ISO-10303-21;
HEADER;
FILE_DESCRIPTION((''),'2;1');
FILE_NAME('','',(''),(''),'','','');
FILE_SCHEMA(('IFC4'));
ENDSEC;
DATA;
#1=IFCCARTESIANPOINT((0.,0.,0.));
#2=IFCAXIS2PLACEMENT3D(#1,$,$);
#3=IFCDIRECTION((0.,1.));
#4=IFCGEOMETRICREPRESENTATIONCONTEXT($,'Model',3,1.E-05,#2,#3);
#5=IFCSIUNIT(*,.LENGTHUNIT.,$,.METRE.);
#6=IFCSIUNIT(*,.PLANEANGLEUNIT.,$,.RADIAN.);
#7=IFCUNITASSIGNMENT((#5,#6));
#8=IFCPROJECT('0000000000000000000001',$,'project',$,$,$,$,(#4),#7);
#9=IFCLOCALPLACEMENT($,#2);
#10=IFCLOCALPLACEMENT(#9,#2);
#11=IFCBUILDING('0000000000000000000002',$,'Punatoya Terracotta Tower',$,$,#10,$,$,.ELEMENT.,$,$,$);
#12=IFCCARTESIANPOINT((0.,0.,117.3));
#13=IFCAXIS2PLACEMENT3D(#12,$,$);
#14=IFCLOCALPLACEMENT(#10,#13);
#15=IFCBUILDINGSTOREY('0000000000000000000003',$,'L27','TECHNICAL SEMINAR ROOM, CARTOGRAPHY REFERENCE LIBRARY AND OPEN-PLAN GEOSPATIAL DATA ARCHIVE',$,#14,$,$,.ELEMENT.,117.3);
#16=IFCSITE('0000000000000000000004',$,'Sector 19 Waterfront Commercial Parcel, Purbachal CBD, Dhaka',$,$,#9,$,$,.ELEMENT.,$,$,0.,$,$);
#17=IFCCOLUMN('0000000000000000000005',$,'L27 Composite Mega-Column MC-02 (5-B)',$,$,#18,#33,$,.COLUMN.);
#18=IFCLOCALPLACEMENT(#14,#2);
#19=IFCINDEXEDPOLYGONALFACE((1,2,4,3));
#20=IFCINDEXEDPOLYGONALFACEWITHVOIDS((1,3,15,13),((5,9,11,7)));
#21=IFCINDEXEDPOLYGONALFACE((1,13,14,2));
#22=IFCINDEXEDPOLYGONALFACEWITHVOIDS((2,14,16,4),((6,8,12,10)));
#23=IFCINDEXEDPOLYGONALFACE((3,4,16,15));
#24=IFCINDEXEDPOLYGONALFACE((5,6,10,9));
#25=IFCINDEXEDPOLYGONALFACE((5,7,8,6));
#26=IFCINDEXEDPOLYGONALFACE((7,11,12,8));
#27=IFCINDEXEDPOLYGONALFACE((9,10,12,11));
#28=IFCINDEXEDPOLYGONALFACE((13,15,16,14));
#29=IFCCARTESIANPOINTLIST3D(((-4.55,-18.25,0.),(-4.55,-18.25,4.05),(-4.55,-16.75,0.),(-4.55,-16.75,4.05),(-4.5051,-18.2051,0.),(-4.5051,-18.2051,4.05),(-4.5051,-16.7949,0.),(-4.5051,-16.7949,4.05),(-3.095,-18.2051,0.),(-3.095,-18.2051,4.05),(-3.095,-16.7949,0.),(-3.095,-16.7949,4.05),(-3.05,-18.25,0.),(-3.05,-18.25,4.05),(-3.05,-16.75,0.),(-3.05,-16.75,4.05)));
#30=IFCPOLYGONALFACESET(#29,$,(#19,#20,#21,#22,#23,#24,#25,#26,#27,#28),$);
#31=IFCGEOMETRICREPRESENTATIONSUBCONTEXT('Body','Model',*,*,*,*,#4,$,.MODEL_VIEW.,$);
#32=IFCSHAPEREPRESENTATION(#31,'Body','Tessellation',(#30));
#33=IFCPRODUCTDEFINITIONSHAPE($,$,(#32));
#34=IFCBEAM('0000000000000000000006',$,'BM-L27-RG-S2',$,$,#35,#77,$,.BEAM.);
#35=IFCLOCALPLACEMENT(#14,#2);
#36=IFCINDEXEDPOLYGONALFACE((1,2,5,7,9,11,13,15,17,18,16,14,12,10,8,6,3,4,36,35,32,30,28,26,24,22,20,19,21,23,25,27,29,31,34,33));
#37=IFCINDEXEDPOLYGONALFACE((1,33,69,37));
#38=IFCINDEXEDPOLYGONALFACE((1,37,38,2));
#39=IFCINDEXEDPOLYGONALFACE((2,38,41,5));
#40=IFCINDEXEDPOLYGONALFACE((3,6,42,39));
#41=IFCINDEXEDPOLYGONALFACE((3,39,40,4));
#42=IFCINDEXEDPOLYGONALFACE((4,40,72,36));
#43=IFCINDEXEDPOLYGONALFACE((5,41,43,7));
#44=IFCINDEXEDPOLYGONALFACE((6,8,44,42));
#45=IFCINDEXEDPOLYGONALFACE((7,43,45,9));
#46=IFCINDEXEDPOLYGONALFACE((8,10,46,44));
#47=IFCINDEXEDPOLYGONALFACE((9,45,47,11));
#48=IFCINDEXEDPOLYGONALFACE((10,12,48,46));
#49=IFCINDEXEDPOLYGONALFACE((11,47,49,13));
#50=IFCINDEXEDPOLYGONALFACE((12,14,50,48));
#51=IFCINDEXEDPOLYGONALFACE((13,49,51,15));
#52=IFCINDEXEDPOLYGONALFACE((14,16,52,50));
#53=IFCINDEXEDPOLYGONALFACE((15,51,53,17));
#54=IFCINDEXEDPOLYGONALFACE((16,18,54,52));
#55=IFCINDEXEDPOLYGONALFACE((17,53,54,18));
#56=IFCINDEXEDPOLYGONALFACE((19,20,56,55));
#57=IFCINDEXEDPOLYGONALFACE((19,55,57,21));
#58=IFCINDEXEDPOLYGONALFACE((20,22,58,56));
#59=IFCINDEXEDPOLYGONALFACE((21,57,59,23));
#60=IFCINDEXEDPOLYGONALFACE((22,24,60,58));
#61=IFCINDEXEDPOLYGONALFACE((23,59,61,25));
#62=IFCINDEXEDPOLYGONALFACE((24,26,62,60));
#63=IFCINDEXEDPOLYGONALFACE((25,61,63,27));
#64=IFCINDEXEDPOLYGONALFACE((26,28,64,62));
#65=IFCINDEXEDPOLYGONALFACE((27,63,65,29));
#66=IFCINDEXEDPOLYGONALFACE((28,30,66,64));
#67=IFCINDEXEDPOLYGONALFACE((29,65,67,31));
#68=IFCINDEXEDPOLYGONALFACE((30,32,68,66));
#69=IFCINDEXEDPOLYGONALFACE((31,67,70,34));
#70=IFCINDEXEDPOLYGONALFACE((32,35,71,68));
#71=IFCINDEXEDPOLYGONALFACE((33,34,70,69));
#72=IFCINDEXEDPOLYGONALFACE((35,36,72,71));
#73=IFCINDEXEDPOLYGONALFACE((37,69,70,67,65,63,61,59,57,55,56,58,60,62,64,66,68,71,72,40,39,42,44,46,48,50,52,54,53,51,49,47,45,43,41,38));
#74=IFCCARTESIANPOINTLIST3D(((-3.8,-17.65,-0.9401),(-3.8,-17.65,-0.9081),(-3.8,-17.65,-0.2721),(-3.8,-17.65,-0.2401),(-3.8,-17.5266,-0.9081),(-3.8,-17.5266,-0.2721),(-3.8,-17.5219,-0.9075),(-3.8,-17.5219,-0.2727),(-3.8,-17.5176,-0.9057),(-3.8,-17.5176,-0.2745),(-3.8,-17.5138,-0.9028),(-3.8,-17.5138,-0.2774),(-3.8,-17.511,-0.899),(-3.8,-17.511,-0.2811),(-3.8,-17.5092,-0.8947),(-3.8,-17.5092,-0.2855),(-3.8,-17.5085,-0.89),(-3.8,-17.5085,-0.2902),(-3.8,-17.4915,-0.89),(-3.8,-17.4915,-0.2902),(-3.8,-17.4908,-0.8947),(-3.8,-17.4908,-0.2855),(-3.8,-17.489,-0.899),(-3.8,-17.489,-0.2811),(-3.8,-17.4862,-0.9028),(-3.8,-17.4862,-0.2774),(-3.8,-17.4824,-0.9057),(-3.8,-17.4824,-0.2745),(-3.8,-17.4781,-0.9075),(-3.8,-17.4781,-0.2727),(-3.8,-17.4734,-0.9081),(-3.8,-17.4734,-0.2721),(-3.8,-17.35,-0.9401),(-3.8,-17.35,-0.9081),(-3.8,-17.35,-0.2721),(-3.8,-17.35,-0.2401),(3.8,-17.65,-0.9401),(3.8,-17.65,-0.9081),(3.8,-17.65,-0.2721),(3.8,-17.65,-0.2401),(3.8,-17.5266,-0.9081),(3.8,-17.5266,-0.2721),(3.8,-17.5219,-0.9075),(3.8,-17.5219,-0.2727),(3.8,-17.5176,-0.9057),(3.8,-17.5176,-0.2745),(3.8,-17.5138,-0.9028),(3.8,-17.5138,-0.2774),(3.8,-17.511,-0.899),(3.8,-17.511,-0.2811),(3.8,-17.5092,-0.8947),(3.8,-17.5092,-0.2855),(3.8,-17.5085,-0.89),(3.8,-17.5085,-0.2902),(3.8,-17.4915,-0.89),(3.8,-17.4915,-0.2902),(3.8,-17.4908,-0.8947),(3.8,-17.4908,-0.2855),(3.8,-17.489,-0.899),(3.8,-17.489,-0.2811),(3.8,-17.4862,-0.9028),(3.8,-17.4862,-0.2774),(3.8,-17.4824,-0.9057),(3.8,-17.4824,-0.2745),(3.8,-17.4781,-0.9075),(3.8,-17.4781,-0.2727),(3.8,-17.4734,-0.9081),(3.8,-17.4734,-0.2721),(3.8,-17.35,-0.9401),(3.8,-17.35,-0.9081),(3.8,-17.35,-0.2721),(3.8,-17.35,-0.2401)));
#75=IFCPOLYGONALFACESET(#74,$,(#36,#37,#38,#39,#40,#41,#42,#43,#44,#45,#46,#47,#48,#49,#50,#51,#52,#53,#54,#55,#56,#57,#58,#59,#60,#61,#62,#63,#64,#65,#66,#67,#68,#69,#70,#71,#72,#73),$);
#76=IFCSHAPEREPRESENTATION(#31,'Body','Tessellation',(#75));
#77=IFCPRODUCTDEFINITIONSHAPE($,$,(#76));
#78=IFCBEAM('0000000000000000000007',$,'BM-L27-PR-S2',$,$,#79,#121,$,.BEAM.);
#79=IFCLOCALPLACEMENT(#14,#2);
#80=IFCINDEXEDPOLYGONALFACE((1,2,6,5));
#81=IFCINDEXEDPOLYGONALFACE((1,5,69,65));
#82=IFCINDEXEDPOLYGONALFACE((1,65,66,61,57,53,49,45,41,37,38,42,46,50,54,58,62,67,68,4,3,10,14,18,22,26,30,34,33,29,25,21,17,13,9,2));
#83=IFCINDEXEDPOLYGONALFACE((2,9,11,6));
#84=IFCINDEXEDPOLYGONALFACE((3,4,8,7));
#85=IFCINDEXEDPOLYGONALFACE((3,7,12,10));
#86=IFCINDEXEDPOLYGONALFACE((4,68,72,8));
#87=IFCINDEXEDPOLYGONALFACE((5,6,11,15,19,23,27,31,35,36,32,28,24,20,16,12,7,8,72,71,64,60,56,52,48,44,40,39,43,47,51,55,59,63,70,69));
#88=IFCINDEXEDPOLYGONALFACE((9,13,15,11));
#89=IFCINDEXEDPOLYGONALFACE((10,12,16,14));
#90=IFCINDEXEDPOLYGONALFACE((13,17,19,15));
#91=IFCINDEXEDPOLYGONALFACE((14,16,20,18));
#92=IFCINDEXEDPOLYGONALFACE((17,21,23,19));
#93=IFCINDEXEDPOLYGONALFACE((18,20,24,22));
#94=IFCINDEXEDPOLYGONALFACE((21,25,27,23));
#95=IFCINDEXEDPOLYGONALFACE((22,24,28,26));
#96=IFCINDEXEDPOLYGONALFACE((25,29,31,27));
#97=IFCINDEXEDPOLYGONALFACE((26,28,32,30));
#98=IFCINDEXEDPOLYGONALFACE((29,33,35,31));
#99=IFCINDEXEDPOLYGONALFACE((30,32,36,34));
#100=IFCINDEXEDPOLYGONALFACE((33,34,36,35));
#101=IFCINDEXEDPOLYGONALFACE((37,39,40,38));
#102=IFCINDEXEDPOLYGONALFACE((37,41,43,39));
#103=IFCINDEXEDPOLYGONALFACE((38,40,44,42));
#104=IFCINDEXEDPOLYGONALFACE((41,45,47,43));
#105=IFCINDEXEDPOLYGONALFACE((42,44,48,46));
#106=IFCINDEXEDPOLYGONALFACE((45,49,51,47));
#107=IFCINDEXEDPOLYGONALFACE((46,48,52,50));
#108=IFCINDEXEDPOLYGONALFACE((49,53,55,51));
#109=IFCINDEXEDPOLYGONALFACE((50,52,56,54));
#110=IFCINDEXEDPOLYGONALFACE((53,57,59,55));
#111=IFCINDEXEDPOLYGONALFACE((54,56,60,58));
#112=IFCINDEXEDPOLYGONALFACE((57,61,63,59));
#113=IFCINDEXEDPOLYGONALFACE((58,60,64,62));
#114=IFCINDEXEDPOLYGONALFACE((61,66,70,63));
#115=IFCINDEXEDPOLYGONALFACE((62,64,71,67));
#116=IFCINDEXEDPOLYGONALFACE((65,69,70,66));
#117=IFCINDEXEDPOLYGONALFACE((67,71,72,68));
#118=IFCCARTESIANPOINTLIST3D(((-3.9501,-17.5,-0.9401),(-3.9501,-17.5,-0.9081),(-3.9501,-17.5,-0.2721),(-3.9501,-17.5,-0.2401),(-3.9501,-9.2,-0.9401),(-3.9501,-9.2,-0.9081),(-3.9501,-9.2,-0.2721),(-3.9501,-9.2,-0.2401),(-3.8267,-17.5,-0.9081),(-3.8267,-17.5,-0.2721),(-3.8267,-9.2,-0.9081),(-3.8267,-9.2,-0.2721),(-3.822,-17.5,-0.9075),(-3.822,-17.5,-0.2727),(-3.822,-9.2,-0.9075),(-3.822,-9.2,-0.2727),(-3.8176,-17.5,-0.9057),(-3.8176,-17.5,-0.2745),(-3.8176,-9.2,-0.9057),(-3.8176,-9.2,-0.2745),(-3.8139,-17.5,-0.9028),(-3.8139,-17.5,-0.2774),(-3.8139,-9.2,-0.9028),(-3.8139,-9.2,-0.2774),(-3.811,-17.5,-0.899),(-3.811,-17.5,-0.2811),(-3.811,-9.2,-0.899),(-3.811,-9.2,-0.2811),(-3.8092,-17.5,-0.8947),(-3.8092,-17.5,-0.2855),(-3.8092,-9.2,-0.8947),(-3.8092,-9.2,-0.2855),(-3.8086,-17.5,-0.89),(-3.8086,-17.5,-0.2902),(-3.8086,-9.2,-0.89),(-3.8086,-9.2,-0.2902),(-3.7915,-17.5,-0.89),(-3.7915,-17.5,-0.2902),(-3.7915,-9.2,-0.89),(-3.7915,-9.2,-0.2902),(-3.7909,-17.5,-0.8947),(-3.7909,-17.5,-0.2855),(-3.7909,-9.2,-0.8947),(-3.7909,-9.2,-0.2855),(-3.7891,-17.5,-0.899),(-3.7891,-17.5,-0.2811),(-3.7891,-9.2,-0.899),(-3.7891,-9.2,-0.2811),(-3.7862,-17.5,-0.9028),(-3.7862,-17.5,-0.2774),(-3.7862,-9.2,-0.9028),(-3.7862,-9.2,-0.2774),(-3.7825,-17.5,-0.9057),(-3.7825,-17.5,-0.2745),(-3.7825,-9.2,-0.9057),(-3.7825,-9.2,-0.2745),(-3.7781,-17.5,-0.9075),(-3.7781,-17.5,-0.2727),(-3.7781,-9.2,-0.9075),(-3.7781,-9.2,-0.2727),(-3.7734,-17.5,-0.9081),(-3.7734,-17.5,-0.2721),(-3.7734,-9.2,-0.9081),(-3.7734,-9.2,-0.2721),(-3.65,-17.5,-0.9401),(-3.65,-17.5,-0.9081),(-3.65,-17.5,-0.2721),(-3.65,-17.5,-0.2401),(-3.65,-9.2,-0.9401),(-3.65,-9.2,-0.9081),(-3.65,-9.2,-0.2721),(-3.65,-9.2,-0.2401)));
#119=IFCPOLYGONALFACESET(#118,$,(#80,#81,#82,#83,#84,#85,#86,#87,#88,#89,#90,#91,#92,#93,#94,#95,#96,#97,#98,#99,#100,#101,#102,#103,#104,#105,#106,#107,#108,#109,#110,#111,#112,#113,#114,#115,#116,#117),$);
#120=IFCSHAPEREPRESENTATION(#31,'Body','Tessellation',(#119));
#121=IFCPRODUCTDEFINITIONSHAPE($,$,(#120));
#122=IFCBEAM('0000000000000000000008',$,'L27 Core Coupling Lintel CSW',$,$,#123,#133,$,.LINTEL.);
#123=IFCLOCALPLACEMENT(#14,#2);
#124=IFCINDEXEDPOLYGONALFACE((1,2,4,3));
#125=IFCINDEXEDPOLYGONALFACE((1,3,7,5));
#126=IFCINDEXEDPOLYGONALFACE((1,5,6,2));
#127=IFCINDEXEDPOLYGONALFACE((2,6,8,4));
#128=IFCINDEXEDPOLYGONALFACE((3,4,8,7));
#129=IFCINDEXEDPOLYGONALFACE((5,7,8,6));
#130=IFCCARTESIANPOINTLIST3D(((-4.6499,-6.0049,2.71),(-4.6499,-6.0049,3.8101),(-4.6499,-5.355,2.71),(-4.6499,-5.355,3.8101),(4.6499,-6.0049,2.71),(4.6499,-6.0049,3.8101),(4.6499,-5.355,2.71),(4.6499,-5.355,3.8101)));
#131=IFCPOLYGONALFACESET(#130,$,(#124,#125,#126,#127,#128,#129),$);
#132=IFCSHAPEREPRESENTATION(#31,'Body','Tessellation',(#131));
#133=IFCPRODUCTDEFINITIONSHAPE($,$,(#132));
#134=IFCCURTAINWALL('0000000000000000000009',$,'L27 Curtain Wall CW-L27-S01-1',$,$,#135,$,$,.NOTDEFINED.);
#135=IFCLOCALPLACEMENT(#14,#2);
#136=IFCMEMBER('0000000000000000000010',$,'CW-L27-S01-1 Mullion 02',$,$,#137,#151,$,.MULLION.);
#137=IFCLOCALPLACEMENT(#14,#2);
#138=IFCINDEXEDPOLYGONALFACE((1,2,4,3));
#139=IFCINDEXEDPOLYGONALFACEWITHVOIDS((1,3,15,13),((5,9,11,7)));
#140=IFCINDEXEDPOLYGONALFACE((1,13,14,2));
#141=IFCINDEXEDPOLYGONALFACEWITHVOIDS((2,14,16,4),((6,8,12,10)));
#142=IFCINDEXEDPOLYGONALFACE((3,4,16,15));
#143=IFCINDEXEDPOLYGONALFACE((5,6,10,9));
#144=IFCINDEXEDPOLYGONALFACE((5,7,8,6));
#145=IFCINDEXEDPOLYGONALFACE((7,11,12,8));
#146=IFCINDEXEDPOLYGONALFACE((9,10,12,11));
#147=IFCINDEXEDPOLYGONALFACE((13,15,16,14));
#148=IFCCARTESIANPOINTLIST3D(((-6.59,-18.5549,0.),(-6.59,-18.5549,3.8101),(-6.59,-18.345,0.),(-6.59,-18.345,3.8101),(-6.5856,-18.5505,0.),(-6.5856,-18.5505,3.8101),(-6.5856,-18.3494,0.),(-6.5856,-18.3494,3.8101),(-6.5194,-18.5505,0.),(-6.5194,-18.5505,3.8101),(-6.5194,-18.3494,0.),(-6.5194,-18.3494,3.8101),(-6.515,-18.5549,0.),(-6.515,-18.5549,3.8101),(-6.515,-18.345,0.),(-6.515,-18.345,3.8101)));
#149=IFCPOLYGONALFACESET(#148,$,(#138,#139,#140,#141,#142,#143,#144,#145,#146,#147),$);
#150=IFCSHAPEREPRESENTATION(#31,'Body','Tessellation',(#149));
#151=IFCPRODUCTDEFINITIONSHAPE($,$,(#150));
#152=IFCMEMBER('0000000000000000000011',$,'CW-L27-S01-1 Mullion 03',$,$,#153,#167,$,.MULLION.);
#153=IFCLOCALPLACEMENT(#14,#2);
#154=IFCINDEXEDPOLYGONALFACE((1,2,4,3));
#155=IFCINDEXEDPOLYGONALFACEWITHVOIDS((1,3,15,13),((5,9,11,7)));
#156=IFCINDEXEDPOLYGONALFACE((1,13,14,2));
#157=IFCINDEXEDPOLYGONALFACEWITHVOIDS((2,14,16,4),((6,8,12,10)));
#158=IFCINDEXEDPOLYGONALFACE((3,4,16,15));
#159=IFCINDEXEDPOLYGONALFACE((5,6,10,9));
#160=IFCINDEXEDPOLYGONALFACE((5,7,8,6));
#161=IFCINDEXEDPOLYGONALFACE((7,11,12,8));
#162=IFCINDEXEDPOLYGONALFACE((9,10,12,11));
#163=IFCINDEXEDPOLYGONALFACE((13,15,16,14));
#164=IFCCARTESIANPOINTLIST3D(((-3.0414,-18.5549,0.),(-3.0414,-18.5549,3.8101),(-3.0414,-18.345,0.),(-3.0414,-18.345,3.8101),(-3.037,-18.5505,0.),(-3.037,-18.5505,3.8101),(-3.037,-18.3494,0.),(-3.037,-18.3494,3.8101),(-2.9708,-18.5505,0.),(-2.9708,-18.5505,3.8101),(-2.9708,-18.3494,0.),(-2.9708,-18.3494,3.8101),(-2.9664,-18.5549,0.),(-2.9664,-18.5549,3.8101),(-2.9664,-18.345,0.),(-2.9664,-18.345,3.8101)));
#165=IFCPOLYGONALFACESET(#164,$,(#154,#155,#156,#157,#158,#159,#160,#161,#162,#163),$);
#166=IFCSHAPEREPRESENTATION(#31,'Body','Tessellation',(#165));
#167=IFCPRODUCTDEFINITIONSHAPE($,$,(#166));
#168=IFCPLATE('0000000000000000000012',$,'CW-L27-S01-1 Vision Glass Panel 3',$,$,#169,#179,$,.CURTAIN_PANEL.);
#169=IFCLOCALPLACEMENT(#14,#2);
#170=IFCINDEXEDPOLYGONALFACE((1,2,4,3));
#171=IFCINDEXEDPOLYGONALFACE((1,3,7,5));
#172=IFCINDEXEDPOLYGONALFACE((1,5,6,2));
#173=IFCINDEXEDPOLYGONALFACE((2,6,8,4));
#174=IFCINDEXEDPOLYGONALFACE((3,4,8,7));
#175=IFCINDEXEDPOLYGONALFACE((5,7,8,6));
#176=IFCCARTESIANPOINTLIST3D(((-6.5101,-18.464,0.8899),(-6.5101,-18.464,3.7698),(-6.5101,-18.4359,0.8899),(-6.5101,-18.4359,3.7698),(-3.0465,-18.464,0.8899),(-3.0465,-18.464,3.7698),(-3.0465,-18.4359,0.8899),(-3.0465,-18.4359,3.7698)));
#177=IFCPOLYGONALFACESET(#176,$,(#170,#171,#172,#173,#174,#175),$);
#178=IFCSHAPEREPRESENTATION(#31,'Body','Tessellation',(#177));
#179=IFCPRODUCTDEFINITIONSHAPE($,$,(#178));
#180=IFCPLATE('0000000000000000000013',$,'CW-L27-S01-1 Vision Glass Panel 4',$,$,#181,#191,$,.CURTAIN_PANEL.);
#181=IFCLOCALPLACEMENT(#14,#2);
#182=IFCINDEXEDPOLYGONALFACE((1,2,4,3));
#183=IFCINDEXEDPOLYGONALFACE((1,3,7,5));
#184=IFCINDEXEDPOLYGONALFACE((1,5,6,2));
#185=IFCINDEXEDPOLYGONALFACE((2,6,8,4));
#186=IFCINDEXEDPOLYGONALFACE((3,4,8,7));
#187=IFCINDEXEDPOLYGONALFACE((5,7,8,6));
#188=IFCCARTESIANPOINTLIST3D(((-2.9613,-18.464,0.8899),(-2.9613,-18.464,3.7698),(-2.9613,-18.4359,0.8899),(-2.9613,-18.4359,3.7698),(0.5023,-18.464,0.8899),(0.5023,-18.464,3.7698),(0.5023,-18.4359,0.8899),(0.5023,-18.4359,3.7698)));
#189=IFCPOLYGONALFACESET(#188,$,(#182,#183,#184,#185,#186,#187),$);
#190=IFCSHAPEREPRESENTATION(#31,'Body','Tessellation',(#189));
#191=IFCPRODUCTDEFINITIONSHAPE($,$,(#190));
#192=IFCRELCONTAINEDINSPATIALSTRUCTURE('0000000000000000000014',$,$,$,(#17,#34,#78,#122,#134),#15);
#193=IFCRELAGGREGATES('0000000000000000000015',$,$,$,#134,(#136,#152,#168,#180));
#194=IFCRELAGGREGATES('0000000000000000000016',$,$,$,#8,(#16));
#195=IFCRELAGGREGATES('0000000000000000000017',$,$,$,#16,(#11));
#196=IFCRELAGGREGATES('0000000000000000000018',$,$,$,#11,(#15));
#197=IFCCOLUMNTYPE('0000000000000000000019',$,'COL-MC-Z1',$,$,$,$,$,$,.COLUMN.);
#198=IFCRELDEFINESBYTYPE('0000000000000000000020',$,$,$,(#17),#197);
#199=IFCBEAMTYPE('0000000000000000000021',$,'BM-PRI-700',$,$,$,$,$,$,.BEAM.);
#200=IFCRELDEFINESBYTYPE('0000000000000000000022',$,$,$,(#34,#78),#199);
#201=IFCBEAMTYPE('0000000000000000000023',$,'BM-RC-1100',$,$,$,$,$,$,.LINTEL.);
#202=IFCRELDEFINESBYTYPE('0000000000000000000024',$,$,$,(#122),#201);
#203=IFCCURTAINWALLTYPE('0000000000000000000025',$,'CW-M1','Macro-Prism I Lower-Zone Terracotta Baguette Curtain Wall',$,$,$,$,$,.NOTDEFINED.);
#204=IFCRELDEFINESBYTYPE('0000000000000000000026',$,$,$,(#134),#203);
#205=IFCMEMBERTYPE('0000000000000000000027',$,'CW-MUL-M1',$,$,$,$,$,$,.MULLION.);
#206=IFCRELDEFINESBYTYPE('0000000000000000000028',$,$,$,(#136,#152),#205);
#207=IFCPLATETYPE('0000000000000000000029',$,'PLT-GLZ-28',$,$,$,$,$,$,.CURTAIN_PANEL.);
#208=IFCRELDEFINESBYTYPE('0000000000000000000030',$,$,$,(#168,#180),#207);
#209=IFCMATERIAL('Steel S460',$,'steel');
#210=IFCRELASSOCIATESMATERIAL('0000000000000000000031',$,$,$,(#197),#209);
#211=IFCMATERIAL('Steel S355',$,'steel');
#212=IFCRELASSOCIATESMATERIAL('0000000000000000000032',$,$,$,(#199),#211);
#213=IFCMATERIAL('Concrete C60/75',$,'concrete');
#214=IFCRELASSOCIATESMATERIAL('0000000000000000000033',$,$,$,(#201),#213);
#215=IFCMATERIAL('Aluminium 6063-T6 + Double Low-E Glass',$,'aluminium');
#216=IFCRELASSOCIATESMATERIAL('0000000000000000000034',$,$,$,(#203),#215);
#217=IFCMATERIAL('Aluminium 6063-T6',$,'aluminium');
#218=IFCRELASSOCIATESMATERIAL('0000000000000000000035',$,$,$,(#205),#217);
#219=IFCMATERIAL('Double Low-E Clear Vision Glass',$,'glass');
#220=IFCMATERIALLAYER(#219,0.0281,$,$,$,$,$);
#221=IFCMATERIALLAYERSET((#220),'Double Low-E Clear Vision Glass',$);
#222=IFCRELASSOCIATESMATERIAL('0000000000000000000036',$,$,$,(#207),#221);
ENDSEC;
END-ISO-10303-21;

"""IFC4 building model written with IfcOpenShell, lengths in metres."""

from ifc_helpers import new_model, si_unit, direction, frame, origin, origin_2d, place, context, subcontext, project, spatial, rectangle, hollow_rectangle, i_section, extrude, material, layer, layer_set, material_profile, profile_set, type_object, element, aggregate, save


model = new_model("IFC4")

# Units and contexts
model_context = context("Model", 3, precision=1e-05, world=origin(), true_north=direction((0.0, 1.0)))
body_context = subcontext(model_context, "Body", "Model", "MODEL_VIEW")
ifc_project = project(units=[si_unit("LENGTHUNIT", "METRE"), si_unit("PLANEANGLEUNIT", "RADIAN")], contexts=[model_context])

# Site, building, storey
site_placement = place(None, origin())
site = spatial("IfcSite", under=ifc_project, at=site_placement, Name="Sector 19 Waterfront Commercial Parcel, Purbachal CBD, Dhaka", CompositionType="ELEMENT", RefElevation=0.0)
building_placement = place(site_placement, origin())
building = spatial("IfcBuilding", under=site, at=building_placement, Name="Punatoya Terracotta Tower", CompositionType="ELEMENT")
storey_placement = place(building_placement, frame((0.0, 0.0, 117.3)))
storey = spatial("IfcBuildingStorey", under=building, at=storey_placement, Name="L27", Description="TECHNICAL SEMINAR ROOM, CARTOGRAPHY REFERENCE LIBRARY AND OPEN-PLAN GEOSPATIAL DATA ARCHIVE", CompositionType="ELEMENT", Elevation=117.3)

# Column
ifc_material_1 = material(Name="Steel S460", Category="steel")
ifc_material_profile_1 = material_profile(ifc_material_1, hollow_rectangle(XDim=1.5, YDim=1.5, WallThickness=0.0449, at=origin_2d()))
ifc_profile_set_1 = profile_set([ifc_material_profile_1], Name="Steel S460")
column_type = type_object("IfcColumnType", Name="COL-MC-Z1", PredefinedType="COLUMN", material=ifc_profile_set_1)
column_placement = place(storey_placement, frame((-3.8, -17.5, 0.0), z_axis=(0.0, 0.0, 1.0), x_axis=(1.0, 0.0, 0.0)))
element("IfcColumn", 1, at=column_placement, inside=storey, type_object=column_type, Name="L27 Composite Mega-Column MC-02 (5-B)", PredefinedType="COLUMN", context=body_context, shape_type="SweptSolid", body=[
    extrude(hollow_rectangle(XDim=1.5, YDim=1.5, WallThickness=0.0449, at=origin_2d()), origin(), (0.0, 0.0, 1.0), 4.05),
])

# Beams
ifc_material_2 = material(Name="Steel S355", Category="steel")
ifc_material_profile_2 = material_profile(ifc_material_2, i_section(OverallWidth=0.3, OverallDepth=0.7, WebThickness=0.0171, FlangeThickness=0.032, FilletRadius=0.0181, at=origin_2d()))
ifc_profile_set_2 = profile_set([ifc_material_profile_2], Name="Steel S355")
beam_type_1 = type_object("IfcBeamType", Name="BM-PRI-700", PredefinedType="BEAM", material=ifc_profile_set_2)
beam_1_placement = place(storey_placement, frame((-3.8, -17.5, -0.5901), z_axis=(1.0, 0.0, 0.0), x_axis=(0.0, 1.0, 0.0)))
element("IfcBeam", 2, at=beam_1_placement, inside=storey, type_object=beam_type_1, Name="BM-L27-RG-S2", PredefinedType="BEAM", context=body_context, shape_type="SweptSolid", body=[
    extrude(i_section(OverallWidth=0.3, OverallDepth=0.7, WebThickness=0.0171, FlangeThickness=0.032, FilletRadius=0.0181, at=origin_2d()), origin(), (0.0, 0.0, 1.0), 7.6001),
])
beam_2_placement = place(storey_placement, frame((-3.8, -17.5, -0.5901), z_axis=(0.0, 1.0, 0.0), x_axis=(-1.0, 0.0, 0.0)))
element("IfcBeam", 3, at=beam_2_placement, inside=storey, type_object=beam_type_1, Name="BM-L27-PR-S2", PredefinedType="BEAM", context=body_context, shape_type="SweptSolid", body=[
    extrude(i_section(OverallWidth=0.3, OverallDepth=0.7, WebThickness=0.0171, FlangeThickness=0.032, FilletRadius=0.0181, at=origin_2d()), origin(), (0.0, 0.0, 1.0), 8.3),
])
ifc_material_3 = material(Name="Concrete C60/75", Category="concrete")
ifc_material_profile_3 = material_profile(ifc_material_3, rectangle(XDim=0.6499, YDim=1.1001, at=origin_2d()))
ifc_profile_set_3 = profile_set([ifc_material_profile_3], Name="Concrete C60/75")
beam_type_2 = type_object("IfcBeamType", Name="BM-RC-1100", PredefinedType="LINTEL", material=ifc_profile_set_3)
beam_3_placement = place(storey_placement, frame((-4.6499, -5.6799, 3.26), z_axis=(1.0, 0.0, 0.0), x_axis=(0.0, 1.0, 0.0)))
element("IfcBeam", 4, at=beam_3_placement, inside=storey, type_object=beam_type_2, Name="L27 Core Coupling Lintel CSW", PredefinedType="LINTEL", context=body_context, shape_type="SweptSolid", body=[
    extrude(rectangle(XDim=0.6499, YDim=1.1001, at=origin_2d()), origin(), (0.0, 0.0, 1.0), 9.2998),
])

# Curtain wall, members, plates
ifc_material_4 = material(Name="Aluminium 6063-T6 + Double Low-E Glass", Category="aluminium")
curtain_wall_type = type_object("IfcCurtainWallType", Name="CW-M1", Description="Macro-Prism I Lower-Zone Terracotta Baguette Curtain Wall", PredefinedType="NOTDEFINED", material=ifc_material_4)
curtain_wall_placement = place(storey_placement, origin())
curtain_wall = element("IfcCurtainWall", 5, at=curtain_wall_placement, inside=storey, type_object=curtain_wall_type, Name="L27 Curtain Wall CW-L27-S01-1", PredefinedType="NOTDEFINED")
ifc_material_5 = material(Name="Aluminium 6063-T6", Category="aluminium")
ifc_material_profile_4 = material_profile(ifc_material_5, hollow_rectangle(XDim=0.075, YDim=0.21, WallThickness=0.0044, at=origin_2d()))
ifc_profile_set_4 = profile_set([ifc_material_profile_4], Name="Aluminium 6063-T6")
member_type = type_object("IfcMemberType", Name="CW-MUL-M1", PredefinedType="MULLION", material=ifc_profile_set_4)
member_1_placement = place(storey_placement, frame((-6.5525, -18.45, 0.0), z_axis=(0.0, 0.0, 1.0), x_axis=(1.0, 0.0, 0.0)))
member_1 = element("IfcMember", 6, at=member_1_placement, type_object=member_type, Name="CW-L27-S01-1 Mullion 02", PredefinedType="MULLION", context=body_context, shape_type="SweptSolid", body=[
    extrude(hollow_rectangle(XDim=0.075, YDim=0.21, WallThickness=0.0044, at=origin_2d()), origin(), (0.0, 0.0, 1.0), 3.8101),
])
member_2_placement = place(storey_placement, frame((-3.0039, -18.45, 0.0), z_axis=(0.0, 0.0, 1.0), x_axis=(1.0, 0.0, 0.0)))
member_2 = element("IfcMember", 7, at=member_2_placement, type_object=member_type, Name="CW-L27-S01-1 Mullion 03", PredefinedType="MULLION", context=body_context, shape_type="SweptSolid", body=[
    extrude(hollow_rectangle(XDim=0.075, YDim=0.21, WallThickness=0.0044, at=origin_2d()), origin(), (0.0, 0.0, 1.0), 3.8101),
])
ifc_material_6 = material(Name="Double Low-E Clear Vision Glass", Category="glass")
ifc_layer_1 = layer(ifc_material_6, 0.0281)
ifc_layer_set_1 = layer_set([ifc_layer_1], Name="Double Low-E Clear Vision Glass")
plate_type_1 = type_object("IfcPlateType", Name="PLT-GLZ-28", PredefinedType="CURTAIN_PANEL", material=ifc_layer_set_1)
plate_1_placement = place(storey_placement, frame((-4.7783, -18.45, 0.8899), z_axis=(0.0, 0.0, 1.0), x_axis=(1.0, 0.0, 0.0)))
plate_1 = element("IfcPlate", 8, at=plate_1_placement, type_object=plate_type_1, Name="CW-L27-S01-1 Vision Glass Panel 3", PredefinedType="CURTAIN_PANEL", context=body_context, shape_type="SweptSolid", body=[
    extrude(rectangle(XDim=3.4636, YDim=0.0281, at=origin_2d()), origin(), (0.0, 0.0, 1.0), 2.8799),
])
plate_2_placement = place(storey_placement, frame((-1.2295, -18.45, 0.8899), z_axis=(0.0, 0.0, 1.0), x_axis=(1.0, 0.0, 0.0)))
plate_2 = element("IfcPlate", 9, at=plate_2_placement, type_object=plate_type_1, Name="CW-L27-S01-1 Vision Glass Panel 4", PredefinedType="CURTAIN_PANEL", context=body_context, shape_type="SweptSolid", body=[
    extrude(rectangle(XDim=3.4636, YDim=0.0281, at=origin_2d()), origin(), (0.0, 0.0, 1.0), 2.8799),
])
aggregate(curtain_wall, [member_1, member_2, plate_1, plate_2])

save(model, "model.ifc")
